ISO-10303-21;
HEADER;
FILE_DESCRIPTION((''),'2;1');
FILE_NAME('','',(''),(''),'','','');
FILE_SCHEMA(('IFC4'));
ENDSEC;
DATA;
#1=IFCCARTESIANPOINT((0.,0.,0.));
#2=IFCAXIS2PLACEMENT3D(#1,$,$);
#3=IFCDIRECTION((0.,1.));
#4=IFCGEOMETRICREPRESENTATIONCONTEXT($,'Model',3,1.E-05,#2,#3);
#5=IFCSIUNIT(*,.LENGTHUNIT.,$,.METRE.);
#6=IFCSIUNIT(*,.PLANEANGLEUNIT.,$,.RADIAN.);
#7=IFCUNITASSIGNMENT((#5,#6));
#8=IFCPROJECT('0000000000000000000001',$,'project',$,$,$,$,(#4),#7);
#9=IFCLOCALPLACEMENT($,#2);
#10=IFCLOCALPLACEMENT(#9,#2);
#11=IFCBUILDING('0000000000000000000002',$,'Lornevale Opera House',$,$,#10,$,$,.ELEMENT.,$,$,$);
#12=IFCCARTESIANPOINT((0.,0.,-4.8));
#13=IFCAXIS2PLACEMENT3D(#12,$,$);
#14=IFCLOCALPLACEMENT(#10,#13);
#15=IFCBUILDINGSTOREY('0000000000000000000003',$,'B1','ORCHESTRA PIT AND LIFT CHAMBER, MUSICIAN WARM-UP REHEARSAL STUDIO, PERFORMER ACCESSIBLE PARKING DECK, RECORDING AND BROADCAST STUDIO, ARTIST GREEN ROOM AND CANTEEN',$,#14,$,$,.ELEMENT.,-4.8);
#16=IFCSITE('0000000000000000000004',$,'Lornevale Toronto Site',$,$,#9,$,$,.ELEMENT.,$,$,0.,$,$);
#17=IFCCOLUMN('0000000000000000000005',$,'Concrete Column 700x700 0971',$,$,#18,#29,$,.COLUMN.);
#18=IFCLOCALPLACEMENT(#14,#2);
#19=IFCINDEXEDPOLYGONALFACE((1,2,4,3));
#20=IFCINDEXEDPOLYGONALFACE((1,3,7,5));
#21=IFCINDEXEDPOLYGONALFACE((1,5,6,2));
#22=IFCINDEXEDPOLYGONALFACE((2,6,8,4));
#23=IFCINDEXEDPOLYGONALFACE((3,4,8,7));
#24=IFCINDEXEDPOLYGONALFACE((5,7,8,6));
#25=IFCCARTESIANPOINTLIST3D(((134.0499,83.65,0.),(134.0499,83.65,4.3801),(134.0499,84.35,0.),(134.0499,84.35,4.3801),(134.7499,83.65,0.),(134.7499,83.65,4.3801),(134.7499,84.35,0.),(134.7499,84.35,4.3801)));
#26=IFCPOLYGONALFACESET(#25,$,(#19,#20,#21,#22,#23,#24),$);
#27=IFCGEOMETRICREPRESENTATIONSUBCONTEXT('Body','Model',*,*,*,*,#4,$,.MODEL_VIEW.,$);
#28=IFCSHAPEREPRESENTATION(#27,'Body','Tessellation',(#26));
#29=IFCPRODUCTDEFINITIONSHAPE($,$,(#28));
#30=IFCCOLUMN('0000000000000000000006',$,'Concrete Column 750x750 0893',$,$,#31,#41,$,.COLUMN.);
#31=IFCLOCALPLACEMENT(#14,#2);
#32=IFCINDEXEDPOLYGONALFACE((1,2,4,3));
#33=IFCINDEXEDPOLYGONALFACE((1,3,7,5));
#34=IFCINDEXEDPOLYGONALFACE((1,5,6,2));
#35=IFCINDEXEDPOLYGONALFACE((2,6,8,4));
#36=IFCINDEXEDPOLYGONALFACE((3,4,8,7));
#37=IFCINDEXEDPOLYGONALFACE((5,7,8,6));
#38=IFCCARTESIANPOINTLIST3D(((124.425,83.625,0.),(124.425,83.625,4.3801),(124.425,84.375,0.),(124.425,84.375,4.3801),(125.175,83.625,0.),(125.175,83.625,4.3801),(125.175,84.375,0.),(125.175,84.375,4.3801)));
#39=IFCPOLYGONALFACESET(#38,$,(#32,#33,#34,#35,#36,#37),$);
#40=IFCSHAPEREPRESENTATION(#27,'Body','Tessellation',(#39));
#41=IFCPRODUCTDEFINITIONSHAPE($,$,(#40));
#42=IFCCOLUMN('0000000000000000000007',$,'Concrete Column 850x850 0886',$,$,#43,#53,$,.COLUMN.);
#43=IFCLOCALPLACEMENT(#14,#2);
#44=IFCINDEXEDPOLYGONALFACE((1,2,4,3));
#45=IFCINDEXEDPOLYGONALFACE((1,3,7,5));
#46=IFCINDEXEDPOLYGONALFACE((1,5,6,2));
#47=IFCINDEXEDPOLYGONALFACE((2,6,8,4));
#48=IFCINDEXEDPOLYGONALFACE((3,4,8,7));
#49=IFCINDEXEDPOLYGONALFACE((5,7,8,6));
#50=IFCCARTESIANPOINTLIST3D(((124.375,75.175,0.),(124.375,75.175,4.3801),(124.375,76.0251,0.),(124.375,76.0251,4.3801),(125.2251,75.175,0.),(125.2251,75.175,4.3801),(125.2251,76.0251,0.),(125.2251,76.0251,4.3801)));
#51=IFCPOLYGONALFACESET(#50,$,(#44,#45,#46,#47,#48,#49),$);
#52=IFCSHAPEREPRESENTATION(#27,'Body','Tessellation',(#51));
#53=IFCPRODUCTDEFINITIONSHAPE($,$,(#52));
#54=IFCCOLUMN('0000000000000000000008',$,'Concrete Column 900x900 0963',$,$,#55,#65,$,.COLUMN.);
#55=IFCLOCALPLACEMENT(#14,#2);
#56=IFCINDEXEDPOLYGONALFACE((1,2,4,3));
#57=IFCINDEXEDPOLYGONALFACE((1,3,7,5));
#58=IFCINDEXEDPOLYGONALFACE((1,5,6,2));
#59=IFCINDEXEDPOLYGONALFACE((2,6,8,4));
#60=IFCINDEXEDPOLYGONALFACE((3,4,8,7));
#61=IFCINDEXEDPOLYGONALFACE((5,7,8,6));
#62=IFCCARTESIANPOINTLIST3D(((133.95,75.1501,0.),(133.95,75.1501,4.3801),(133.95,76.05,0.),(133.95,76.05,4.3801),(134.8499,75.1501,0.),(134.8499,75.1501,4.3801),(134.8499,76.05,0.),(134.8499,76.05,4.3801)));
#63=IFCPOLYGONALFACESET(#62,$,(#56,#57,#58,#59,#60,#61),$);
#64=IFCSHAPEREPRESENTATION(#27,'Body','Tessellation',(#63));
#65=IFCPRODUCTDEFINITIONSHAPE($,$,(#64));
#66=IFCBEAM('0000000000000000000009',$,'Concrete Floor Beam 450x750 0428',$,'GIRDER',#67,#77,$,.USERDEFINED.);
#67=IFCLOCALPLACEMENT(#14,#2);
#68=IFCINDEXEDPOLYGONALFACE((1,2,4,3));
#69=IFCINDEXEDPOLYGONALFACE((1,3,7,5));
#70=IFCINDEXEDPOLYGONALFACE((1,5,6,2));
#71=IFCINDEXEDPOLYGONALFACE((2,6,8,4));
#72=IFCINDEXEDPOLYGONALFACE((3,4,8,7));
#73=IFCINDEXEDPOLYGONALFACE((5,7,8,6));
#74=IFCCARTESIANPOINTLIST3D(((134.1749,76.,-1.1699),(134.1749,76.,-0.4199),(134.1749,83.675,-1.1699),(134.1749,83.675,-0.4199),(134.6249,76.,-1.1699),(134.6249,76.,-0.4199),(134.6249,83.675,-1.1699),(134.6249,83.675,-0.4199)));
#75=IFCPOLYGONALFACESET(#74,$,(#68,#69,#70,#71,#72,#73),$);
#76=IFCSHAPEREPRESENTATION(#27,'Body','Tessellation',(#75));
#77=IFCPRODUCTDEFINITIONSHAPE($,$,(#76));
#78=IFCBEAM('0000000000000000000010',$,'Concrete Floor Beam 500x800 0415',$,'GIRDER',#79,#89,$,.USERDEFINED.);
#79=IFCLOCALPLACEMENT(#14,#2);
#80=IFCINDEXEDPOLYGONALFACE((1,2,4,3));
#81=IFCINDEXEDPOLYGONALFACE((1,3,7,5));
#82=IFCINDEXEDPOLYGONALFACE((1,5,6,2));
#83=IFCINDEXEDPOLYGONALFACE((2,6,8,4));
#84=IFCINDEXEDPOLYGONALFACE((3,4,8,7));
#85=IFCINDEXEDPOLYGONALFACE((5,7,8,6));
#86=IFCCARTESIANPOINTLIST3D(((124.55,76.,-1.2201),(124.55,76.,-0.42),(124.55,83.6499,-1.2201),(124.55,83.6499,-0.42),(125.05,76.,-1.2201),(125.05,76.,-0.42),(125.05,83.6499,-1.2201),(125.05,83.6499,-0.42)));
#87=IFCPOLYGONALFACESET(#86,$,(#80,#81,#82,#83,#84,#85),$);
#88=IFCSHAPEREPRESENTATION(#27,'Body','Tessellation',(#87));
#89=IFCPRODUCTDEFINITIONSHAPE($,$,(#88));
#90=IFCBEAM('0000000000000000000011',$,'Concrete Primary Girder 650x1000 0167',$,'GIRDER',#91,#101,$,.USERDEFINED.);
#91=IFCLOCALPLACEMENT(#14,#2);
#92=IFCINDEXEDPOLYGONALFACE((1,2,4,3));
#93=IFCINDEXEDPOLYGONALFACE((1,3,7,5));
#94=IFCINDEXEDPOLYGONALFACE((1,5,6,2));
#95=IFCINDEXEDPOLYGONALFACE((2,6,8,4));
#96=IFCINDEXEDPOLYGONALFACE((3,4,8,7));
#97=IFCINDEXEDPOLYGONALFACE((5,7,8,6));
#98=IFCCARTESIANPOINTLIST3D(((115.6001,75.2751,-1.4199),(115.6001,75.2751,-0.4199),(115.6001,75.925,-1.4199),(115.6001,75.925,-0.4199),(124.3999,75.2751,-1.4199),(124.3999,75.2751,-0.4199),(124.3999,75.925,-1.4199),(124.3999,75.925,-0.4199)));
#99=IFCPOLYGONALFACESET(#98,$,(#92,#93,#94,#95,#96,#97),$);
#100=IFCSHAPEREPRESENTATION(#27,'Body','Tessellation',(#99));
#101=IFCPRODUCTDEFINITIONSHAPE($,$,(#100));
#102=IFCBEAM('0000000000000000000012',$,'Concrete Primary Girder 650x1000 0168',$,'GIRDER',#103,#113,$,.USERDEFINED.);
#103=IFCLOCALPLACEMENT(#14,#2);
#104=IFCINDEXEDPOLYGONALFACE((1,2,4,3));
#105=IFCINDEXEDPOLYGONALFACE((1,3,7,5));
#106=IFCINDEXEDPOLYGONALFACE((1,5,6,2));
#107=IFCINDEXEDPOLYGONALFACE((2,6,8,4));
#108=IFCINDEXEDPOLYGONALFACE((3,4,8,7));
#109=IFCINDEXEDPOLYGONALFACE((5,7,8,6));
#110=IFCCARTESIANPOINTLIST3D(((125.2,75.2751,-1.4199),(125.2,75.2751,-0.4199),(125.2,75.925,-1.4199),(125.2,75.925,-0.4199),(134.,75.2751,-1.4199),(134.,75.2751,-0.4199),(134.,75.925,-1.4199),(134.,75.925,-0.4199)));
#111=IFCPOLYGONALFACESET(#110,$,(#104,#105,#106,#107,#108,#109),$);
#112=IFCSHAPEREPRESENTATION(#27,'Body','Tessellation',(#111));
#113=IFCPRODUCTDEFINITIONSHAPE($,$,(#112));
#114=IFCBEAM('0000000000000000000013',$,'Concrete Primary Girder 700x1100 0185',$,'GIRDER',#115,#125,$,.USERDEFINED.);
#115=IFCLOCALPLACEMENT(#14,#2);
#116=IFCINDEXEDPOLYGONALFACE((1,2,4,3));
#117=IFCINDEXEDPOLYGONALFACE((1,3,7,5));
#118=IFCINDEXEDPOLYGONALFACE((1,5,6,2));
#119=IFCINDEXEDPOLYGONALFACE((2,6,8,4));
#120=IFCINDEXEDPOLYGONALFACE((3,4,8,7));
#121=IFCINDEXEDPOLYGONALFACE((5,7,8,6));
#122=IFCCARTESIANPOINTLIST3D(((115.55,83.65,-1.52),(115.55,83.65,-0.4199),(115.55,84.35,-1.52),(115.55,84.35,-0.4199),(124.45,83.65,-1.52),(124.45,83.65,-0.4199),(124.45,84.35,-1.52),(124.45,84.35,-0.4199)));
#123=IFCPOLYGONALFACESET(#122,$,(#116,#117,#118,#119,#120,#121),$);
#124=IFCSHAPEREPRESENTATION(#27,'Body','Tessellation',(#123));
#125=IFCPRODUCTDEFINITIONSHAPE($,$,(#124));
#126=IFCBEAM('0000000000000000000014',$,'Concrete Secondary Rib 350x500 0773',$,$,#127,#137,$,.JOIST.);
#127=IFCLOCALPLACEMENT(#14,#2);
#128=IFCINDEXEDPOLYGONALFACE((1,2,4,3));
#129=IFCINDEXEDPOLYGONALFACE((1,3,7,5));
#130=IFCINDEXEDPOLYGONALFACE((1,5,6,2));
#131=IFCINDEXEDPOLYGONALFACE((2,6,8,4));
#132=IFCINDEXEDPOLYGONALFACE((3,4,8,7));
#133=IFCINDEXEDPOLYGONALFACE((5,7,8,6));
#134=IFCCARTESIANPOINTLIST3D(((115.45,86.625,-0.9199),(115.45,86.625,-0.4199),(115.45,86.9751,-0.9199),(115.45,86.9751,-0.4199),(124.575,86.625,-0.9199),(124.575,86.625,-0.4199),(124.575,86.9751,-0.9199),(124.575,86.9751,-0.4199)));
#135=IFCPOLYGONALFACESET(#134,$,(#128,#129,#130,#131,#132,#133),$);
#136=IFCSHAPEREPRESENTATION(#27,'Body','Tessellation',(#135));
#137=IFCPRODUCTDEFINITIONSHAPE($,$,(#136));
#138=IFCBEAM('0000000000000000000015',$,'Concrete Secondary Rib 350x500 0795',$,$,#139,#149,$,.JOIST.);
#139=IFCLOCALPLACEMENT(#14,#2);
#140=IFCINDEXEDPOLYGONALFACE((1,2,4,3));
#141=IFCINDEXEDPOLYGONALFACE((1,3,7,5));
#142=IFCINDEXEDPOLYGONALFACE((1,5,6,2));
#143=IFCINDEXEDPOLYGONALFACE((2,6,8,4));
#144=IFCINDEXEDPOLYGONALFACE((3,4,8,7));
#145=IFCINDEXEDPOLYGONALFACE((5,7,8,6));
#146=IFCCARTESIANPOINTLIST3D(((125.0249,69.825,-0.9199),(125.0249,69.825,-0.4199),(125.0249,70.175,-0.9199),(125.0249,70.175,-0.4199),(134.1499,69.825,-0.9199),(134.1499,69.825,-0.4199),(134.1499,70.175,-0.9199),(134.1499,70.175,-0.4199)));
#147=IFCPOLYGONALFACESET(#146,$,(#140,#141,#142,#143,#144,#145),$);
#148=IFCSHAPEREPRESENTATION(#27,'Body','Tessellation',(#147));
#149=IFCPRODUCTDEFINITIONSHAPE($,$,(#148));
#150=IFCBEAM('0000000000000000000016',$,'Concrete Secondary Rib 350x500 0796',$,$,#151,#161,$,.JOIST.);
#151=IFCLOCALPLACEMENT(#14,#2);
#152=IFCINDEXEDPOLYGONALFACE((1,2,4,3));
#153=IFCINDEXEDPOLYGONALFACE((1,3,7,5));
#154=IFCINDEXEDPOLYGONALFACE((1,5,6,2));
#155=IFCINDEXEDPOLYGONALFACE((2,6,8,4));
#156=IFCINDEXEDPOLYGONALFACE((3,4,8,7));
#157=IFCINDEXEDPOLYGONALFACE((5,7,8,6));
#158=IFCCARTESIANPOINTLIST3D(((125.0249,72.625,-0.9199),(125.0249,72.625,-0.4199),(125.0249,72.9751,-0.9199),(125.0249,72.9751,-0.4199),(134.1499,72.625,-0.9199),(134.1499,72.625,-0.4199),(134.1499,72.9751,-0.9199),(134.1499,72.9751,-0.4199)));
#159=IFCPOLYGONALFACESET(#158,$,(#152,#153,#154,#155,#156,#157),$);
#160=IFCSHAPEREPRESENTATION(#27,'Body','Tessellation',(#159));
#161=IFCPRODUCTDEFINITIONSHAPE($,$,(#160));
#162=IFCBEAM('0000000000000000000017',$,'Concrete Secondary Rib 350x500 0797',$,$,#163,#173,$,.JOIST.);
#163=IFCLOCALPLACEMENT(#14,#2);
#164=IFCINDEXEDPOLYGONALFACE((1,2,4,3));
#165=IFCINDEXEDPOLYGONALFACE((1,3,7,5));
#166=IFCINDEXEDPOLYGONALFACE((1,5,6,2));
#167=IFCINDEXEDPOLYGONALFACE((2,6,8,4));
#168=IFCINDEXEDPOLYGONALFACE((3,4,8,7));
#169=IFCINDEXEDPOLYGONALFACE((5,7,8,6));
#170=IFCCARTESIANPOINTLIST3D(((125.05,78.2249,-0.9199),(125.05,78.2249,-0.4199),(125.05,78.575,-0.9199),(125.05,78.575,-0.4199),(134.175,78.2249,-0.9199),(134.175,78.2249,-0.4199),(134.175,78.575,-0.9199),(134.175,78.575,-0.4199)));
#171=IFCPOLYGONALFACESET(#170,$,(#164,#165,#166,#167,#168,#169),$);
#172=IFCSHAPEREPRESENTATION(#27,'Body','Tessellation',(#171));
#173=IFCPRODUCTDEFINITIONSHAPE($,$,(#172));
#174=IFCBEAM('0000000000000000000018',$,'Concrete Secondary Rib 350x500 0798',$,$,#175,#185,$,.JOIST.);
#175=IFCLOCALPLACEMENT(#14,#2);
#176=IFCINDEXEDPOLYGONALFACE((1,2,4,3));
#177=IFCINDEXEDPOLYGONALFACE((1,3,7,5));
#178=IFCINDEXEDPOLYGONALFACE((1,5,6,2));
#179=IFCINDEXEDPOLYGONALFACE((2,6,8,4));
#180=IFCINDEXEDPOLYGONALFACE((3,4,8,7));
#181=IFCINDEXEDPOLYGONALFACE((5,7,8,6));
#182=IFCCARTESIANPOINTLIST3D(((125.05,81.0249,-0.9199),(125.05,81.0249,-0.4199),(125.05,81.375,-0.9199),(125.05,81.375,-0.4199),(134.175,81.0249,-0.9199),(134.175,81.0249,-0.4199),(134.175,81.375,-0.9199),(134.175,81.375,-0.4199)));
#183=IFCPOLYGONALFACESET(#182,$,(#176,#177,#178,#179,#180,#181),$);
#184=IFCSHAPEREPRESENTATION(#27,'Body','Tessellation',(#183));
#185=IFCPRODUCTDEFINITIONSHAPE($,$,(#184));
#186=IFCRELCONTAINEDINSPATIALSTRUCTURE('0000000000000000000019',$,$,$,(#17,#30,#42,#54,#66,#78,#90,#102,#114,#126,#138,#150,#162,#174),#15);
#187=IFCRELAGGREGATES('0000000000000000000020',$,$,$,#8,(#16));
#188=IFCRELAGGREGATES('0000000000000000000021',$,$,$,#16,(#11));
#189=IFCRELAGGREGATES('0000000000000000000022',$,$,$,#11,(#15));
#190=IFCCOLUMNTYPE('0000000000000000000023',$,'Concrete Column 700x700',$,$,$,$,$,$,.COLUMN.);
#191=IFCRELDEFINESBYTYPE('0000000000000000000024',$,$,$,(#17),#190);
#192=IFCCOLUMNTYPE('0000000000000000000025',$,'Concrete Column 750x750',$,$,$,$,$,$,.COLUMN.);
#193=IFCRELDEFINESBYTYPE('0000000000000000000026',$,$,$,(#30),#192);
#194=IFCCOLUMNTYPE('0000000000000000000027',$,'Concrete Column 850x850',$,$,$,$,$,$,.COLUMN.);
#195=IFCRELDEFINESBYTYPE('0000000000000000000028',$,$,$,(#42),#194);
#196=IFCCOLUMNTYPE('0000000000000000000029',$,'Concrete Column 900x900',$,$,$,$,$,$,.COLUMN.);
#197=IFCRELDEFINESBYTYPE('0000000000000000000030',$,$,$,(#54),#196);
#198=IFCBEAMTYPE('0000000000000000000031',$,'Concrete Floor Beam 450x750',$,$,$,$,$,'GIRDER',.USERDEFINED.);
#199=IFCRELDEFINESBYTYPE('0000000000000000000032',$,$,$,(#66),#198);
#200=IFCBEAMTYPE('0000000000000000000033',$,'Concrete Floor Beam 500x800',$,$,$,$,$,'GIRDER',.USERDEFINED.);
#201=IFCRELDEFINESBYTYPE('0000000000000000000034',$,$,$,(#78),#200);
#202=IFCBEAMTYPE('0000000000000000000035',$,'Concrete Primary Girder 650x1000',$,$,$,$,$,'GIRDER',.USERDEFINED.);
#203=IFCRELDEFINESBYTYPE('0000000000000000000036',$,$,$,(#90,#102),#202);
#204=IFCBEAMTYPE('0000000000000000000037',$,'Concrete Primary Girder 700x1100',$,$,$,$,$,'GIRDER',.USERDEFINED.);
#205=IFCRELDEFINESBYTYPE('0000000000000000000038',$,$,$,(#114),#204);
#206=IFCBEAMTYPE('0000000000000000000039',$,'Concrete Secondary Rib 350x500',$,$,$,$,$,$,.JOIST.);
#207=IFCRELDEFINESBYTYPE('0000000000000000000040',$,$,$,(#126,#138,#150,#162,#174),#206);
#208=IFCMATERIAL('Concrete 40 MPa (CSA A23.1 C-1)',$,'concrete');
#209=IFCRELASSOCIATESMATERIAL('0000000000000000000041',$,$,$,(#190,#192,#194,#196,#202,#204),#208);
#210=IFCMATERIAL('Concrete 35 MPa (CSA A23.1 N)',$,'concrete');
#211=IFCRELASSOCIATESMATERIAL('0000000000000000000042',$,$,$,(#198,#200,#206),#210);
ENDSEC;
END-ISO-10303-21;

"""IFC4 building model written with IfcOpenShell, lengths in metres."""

from ifc_helpers import new_model, si_unit, direction, frame, origin, origin_2d, place, context, subcontext, project, spatial, rectangle, extrude, material, material_profile, profile_set, type_object, element, save


model = new_model("IFC4")

# Units and contexts
model_context = context("Model", 3, precision=1e-05, world=origin(), true_north=direction((0.0, 1.0)))
body_context = subcontext(model_context, "Body", "Model", "MODEL_VIEW")
ifc_project = project(units=[si_unit("LENGTHUNIT", "METRE"), si_unit("PLANEANGLEUNIT", "RADIAN")], contexts=[model_context])

# Site, building, storey
site_placement = place(None, origin())
site = spatial("IfcSite", under=ifc_project, at=site_placement, Name="Lornevale Toronto Site", CompositionType="ELEMENT", RefElevation=0.0)
building_placement = place(site_placement, origin())
building = spatial("IfcBuilding", under=site, at=building_placement, Name="Lornevale Opera House", CompositionType="ELEMENT")
storey_placement = place(building_placement, frame((0.0, 0.0, -4.8)))
storey = spatial("IfcBuildingStorey", under=building, at=storey_placement, Name="B1", Description="ORCHESTRA PIT AND LIFT CHAMBER, MUSICIAN WARM-UP REHEARSAL STUDIO, PERFORMER ACCESSIBLE PARKING DECK, RECORDING AND BROADCAST STUDIO, ARTIST GREEN ROOM AND CANTEEN", CompositionType="ELEMENT", Elevation=-4.8)

# Columns
ifc_material_1 = material(Name="Concrete 40 MPa (CSA A23.1 C-1)", Category="concrete")
ifc_material_profile_1 = material_profile(ifc_material_1, rectangle(XDim=0.7, YDim=0.7, at=origin_2d()), Name="RC700x700")
ifc_profile_set_1 = profile_set([ifc_material_profile_1], Name="Concrete 40 MPa (CSA A23.1 C-1)")
column_type_1 = type_object("IfcColumnType", Name="Concrete Column 700x700", PredefinedType="COLUMN", material=ifc_profile_set_1)
column_1_placement = place(storey_placement, frame((134.3999, 84.0, 0.0), z_axis=(0.0, 0.0, 1.0), x_axis=(1.0, 0.0, 0.0)))
element("IfcColumn", 1, at=column_1_placement, inside=storey, type_object=column_type_1, Name="Concrete Column 700x700 0971", PredefinedType="COLUMN", context=body_context, shape_type="SweptSolid", body=[
    extrude(rectangle(XDim=0.7, YDim=0.7, at=origin_2d()), origin(), (0.0, 0.0, 1.0), 4.3801),
])
ifc_material_profile_2 = material_profile(ifc_material_1, rectangle(XDim=0.75, YDim=0.75, at=origin_2d()), Name="RC750x750")
ifc_profile_set_2 = profile_set([ifc_material_profile_2], Name="Concrete 40 MPa (CSA A23.1 C-1)")
column_type_2 = type_object("IfcColumnType", Name="Concrete Column 750x750", PredefinedType="COLUMN", material=ifc_profile_set_2)
column_2_placement = place(storey_placement, frame((124.8, 84.0, 0.0), z_axis=(0.0, 0.0, 1.0), x_axis=(1.0, 0.0, 0.0)))
element("IfcColumn", 2, at=column_2_placement, inside=storey, type_object=column_type_2, Name="Concrete Column 750x750 0893", PredefinedType="COLUMN", context=body_context, shape_type="SweptSolid", body=[
    extrude(rectangle(XDim=0.75, YDim=0.75, at=origin_2d()), origin(), (0.0, 0.0, 1.0), 4.3801),
])
ifc_material_profile_3 = material_profile(ifc_material_1, rectangle(XDim=0.8501, YDim=0.8501, at=origin_2d()), Name="RC850x850")
ifc_profile_set_3 = profile_set([ifc_material_profile_3], Name="Concrete 40 MPa (CSA A23.1 C-1)")
column_type_3 = type_object("IfcColumnType", Name="Concrete Column 850x850", PredefinedType="COLUMN", material=ifc_profile_set_3)
column_3_placement = place(storey_placement, frame((124.8, 75.6001, 0.0), z_axis=(0.0, 0.0, 1.0), x_axis=(1.0, 0.0, 0.0)))
element("IfcColumn", 3, at=column_3_placement, inside=storey, type_object=column_type_3, Name="Concrete Column 850x850 0886", PredefinedType="COLUMN", context=body_context, shape_type="SweptSolid", body=[
    extrude(rectangle(XDim=0.8501, YDim=0.8501, at=origin_2d()), origin(), (0.0, 0.0, 1.0), 4.3801),
])
ifc_material_profile_4 = material_profile(ifc_material_1, rectangle(XDim=0.8999, YDim=0.8999, at=origin_2d()), Name="RC900x900")
ifc_profile_set_4 = profile_set([ifc_material_profile_4], Name="Concrete 40 MPa (CSA A23.1 C-1)")
column_type_4 = type_object("IfcColumnType", Name="Concrete Column 900x900", PredefinedType="COLUMN", material=ifc_profile_set_4)
column_4_placement = place(storey_placement, frame((134.3999, 75.6001, 0.0), z_axis=(0.0, 0.0, 1.0), x_axis=(1.0, 0.0, 0.0)))
element("IfcColumn", 4, at=column_4_placement, inside=storey, type_object=column_type_4, Name="Concrete Column 900x900 0963", PredefinedType="COLUMN", context=body_context, shape_type="SweptSolid", body=[
    extrude(rectangle(XDim=0.8999, YDim=0.8999, at=origin_2d()), origin(), (0.0, 0.0, 1.0), 4.3801),
])

# Beams
ifc_material_2 = material(Name="Concrete 35 MPa (CSA A23.1 N)", Category="concrete")
ifc_material_profile_5 = material_profile(ifc_material_2, rectangle(XDim=0.45, YDim=0.75, at=origin_2d()), Name="RC450x750")
ifc_profile_set_5 = profile_set([ifc_material_profile_5], Name="Concrete 35 MPa (CSA A23.1 N)")
beam_type_1 = type_object("IfcBeamType", Name="Concrete Floor Beam 450x750", ElementType="GIRDER", PredefinedType="USERDEFINED", material=ifc_profile_set_5)
beam_1_placement = place(storey_placement, frame((134.3999, 76.0, -0.7949), z_axis=(0.0, 1.0, 0.0), x_axis=(-1.0, 0.0, 0.0)))
element("IfcBeam", 5, at=beam_1_placement, inside=storey, type_object=beam_type_1, Name="Concrete Floor Beam 450x750 0428", ObjectType="GIRDER", PredefinedType="USERDEFINED", context=body_context, shape_type="SweptSolid", body=[
    extrude(rectangle(XDim=0.45, YDim=0.75, at=origin_2d()), origin(), (0.0, 0.0, 1.0), 7.675),
])
ifc_material_profile_6 = material_profile(ifc_material_2, rectangle(XDim=0.5, YDim=0.8, at=origin_2d()), Name="RC500x800")
ifc_profile_set_6 = profile_set([ifc_material_profile_6], Name="Concrete 35 MPa (CSA A23.1 N)")
beam_type_2 = type_object("IfcBeamType", Name="Concrete Floor Beam 500x800", ElementType="GIRDER", PredefinedType="USERDEFINED", material=ifc_profile_set_6)
beam_2_placement = place(storey_placement, frame((124.8, 76.0, -0.8201), z_axis=(0.0, 1.0, 0.0), x_axis=(-1.0, 0.0, 0.0)))
element("IfcBeam", 6, at=beam_2_placement, inside=storey, type_object=beam_type_2, Name="Concrete Floor Beam 500x800 0415", ObjectType="GIRDER", PredefinedType="USERDEFINED", context=body_context, shape_type="SweptSolid", body=[
    extrude(rectangle(XDim=0.5, YDim=0.8, at=origin_2d()), origin(), (0.0, 0.0, 1.0), 7.6499),
])
ifc_material_profile_7 = material_profile(ifc_material_1, rectangle(XDim=0.6499, YDim=1.0, at=origin_2d()), Name="RC650x1000")
ifc_profile_set_7 = profile_set([ifc_material_profile_7], Name="Concrete 40 MPa (CSA A23.1 C-1)")
beam_type_3 = type_object("IfcBeamType", Name="Concrete Primary Girder 650x1000", ElementType="GIRDER", PredefinedType="USERDEFINED", material=ifc_profile_set_7)
beam_3_placement = place(storey_placement, frame((115.6001, 75.6001, -0.9199), z_axis=(1.0, 0.0, 0.0), x_axis=(0.0, 1.0, 0.0)))
element("IfcBeam", 7, at=beam_3_placement, inside=storey, type_object=beam_type_3, Name="Concrete Primary Girder 650x1000 0167", ObjectType="GIRDER", PredefinedType="USERDEFINED", context=body_context, shape_type="SweptSolid", body=[
    extrude(rectangle(XDim=0.6499, YDim=1.0, at=origin_2d()), origin(), (0.0, 0.0, 1.0), 8.7998),
])
beam_4_placement = place(storey_placement, frame((125.2, 75.6001, -0.9199), z_axis=(1.0, 0.0, 0.0), x_axis=(0.0, 1.0, 0.0)))
element("IfcBeam", 8, at=beam_4_placement, inside=storey, type_object=beam_type_3, Name="Concrete Primary Girder 650x1000 0168", ObjectType="GIRDER", PredefinedType="USERDEFINED", context=body_context, shape_type="SweptSolid", body=[
    extrude(rectangle(XDim=0.6499, YDim=1.0, at=origin_2d()), origin(), (0.0, 0.0, 1.0), 8.8),
])
ifc_material_profile_8 = material_profile(ifc_material_1, rectangle(XDim=0.7, YDim=1.1001, at=origin_2d()), Name="RC700x1100")
ifc_profile_set_8 = profile_set([ifc_material_profile_8], Name="Concrete 40 MPa (CSA A23.1 C-1)")
beam_type_4 = type_object("IfcBeamType", Name="Concrete Primary Girder 700x1100", ElementType="GIRDER", PredefinedType="USERDEFINED", material=ifc_profile_set_8)
beam_5_placement = place(storey_placement, frame((115.55, 84.0, -0.97), z_axis=(1.0, 0.0, 0.0), x_axis=(0.0, 1.0, 0.0)))
element("IfcBeam", 9, at=beam_5_placement, inside=storey, type_object=beam_type_4, Name="Concrete Primary Girder 700x1100 0185", ObjectType="GIRDER", PredefinedType="USERDEFINED", context=body_context, shape_type="SweptSolid", body=[
    extrude(rectangle(XDim=0.7, YDim=1.1001, at=origin_2d()), origin(), (0.0, 0.0, 1.0), 8.8999),
])
ifc_material_profile_9 = material_profile(ifc_material_2, rectangle(XDim=0.3501, YDim=0.5, at=origin_2d()), Name="RC350x500")
ifc_profile_set_9 = profile_set([ifc_material_profile_9], Name="Concrete 35 MPa (CSA A23.1 N)")
beam_type_5 = type_object("IfcBeamType", Name="Concrete Secondary Rib 350x500", PredefinedType="JOIST", material=ifc_profile_set_9)
for number, where, z_axis, x_axis, name in (
    (10, (115.45, 86.8, -0.6699), (1.0, 0.0, 0.0), (0.0, 1.0, 0.0), "Concrete Secondary Rib 350x500 0773"),
    (11, (125.0249, 70.0, -0.6699), (1.0, 0.0, 0.0), (0.0, 1.0, 0.0), "Concrete Secondary Rib 350x500 0795"),
    (12, (125.0249, 72.8, -0.6699), (1.0, 0.0, 0.0), (0.0, 1.0, 0.0), "Concrete Secondary Rib 350x500 0796"),
    (13, (125.05, 78.3999, -0.6699), (1.0, 0.0, 0.0), (0.0, 1.0, 0.0), "Concrete Secondary Rib 350x500 0797"),
    (14, (125.05, 81.2, -0.6699), (1.0, 0.0, 0.0), (0.0, 1.0, 0.0), "Concrete Secondary Rib 350x500 0798"),
):
    element("IfcBeam", number, at=place(storey_placement, frame(where, z_axis=z_axis, x_axis=x_axis)), inside=storey, type_object=beam_type_5, Name=name, PredefinedType="JOIST", context=body_context, shape_type="SweptSolid", body=[
        extrude(rectangle(XDim=0.3501, YDim=0.5, at=origin_2d()), origin(), (0.0, 0.0, 1.0), 9.125),
    ])

save(model, "model.ifc")
